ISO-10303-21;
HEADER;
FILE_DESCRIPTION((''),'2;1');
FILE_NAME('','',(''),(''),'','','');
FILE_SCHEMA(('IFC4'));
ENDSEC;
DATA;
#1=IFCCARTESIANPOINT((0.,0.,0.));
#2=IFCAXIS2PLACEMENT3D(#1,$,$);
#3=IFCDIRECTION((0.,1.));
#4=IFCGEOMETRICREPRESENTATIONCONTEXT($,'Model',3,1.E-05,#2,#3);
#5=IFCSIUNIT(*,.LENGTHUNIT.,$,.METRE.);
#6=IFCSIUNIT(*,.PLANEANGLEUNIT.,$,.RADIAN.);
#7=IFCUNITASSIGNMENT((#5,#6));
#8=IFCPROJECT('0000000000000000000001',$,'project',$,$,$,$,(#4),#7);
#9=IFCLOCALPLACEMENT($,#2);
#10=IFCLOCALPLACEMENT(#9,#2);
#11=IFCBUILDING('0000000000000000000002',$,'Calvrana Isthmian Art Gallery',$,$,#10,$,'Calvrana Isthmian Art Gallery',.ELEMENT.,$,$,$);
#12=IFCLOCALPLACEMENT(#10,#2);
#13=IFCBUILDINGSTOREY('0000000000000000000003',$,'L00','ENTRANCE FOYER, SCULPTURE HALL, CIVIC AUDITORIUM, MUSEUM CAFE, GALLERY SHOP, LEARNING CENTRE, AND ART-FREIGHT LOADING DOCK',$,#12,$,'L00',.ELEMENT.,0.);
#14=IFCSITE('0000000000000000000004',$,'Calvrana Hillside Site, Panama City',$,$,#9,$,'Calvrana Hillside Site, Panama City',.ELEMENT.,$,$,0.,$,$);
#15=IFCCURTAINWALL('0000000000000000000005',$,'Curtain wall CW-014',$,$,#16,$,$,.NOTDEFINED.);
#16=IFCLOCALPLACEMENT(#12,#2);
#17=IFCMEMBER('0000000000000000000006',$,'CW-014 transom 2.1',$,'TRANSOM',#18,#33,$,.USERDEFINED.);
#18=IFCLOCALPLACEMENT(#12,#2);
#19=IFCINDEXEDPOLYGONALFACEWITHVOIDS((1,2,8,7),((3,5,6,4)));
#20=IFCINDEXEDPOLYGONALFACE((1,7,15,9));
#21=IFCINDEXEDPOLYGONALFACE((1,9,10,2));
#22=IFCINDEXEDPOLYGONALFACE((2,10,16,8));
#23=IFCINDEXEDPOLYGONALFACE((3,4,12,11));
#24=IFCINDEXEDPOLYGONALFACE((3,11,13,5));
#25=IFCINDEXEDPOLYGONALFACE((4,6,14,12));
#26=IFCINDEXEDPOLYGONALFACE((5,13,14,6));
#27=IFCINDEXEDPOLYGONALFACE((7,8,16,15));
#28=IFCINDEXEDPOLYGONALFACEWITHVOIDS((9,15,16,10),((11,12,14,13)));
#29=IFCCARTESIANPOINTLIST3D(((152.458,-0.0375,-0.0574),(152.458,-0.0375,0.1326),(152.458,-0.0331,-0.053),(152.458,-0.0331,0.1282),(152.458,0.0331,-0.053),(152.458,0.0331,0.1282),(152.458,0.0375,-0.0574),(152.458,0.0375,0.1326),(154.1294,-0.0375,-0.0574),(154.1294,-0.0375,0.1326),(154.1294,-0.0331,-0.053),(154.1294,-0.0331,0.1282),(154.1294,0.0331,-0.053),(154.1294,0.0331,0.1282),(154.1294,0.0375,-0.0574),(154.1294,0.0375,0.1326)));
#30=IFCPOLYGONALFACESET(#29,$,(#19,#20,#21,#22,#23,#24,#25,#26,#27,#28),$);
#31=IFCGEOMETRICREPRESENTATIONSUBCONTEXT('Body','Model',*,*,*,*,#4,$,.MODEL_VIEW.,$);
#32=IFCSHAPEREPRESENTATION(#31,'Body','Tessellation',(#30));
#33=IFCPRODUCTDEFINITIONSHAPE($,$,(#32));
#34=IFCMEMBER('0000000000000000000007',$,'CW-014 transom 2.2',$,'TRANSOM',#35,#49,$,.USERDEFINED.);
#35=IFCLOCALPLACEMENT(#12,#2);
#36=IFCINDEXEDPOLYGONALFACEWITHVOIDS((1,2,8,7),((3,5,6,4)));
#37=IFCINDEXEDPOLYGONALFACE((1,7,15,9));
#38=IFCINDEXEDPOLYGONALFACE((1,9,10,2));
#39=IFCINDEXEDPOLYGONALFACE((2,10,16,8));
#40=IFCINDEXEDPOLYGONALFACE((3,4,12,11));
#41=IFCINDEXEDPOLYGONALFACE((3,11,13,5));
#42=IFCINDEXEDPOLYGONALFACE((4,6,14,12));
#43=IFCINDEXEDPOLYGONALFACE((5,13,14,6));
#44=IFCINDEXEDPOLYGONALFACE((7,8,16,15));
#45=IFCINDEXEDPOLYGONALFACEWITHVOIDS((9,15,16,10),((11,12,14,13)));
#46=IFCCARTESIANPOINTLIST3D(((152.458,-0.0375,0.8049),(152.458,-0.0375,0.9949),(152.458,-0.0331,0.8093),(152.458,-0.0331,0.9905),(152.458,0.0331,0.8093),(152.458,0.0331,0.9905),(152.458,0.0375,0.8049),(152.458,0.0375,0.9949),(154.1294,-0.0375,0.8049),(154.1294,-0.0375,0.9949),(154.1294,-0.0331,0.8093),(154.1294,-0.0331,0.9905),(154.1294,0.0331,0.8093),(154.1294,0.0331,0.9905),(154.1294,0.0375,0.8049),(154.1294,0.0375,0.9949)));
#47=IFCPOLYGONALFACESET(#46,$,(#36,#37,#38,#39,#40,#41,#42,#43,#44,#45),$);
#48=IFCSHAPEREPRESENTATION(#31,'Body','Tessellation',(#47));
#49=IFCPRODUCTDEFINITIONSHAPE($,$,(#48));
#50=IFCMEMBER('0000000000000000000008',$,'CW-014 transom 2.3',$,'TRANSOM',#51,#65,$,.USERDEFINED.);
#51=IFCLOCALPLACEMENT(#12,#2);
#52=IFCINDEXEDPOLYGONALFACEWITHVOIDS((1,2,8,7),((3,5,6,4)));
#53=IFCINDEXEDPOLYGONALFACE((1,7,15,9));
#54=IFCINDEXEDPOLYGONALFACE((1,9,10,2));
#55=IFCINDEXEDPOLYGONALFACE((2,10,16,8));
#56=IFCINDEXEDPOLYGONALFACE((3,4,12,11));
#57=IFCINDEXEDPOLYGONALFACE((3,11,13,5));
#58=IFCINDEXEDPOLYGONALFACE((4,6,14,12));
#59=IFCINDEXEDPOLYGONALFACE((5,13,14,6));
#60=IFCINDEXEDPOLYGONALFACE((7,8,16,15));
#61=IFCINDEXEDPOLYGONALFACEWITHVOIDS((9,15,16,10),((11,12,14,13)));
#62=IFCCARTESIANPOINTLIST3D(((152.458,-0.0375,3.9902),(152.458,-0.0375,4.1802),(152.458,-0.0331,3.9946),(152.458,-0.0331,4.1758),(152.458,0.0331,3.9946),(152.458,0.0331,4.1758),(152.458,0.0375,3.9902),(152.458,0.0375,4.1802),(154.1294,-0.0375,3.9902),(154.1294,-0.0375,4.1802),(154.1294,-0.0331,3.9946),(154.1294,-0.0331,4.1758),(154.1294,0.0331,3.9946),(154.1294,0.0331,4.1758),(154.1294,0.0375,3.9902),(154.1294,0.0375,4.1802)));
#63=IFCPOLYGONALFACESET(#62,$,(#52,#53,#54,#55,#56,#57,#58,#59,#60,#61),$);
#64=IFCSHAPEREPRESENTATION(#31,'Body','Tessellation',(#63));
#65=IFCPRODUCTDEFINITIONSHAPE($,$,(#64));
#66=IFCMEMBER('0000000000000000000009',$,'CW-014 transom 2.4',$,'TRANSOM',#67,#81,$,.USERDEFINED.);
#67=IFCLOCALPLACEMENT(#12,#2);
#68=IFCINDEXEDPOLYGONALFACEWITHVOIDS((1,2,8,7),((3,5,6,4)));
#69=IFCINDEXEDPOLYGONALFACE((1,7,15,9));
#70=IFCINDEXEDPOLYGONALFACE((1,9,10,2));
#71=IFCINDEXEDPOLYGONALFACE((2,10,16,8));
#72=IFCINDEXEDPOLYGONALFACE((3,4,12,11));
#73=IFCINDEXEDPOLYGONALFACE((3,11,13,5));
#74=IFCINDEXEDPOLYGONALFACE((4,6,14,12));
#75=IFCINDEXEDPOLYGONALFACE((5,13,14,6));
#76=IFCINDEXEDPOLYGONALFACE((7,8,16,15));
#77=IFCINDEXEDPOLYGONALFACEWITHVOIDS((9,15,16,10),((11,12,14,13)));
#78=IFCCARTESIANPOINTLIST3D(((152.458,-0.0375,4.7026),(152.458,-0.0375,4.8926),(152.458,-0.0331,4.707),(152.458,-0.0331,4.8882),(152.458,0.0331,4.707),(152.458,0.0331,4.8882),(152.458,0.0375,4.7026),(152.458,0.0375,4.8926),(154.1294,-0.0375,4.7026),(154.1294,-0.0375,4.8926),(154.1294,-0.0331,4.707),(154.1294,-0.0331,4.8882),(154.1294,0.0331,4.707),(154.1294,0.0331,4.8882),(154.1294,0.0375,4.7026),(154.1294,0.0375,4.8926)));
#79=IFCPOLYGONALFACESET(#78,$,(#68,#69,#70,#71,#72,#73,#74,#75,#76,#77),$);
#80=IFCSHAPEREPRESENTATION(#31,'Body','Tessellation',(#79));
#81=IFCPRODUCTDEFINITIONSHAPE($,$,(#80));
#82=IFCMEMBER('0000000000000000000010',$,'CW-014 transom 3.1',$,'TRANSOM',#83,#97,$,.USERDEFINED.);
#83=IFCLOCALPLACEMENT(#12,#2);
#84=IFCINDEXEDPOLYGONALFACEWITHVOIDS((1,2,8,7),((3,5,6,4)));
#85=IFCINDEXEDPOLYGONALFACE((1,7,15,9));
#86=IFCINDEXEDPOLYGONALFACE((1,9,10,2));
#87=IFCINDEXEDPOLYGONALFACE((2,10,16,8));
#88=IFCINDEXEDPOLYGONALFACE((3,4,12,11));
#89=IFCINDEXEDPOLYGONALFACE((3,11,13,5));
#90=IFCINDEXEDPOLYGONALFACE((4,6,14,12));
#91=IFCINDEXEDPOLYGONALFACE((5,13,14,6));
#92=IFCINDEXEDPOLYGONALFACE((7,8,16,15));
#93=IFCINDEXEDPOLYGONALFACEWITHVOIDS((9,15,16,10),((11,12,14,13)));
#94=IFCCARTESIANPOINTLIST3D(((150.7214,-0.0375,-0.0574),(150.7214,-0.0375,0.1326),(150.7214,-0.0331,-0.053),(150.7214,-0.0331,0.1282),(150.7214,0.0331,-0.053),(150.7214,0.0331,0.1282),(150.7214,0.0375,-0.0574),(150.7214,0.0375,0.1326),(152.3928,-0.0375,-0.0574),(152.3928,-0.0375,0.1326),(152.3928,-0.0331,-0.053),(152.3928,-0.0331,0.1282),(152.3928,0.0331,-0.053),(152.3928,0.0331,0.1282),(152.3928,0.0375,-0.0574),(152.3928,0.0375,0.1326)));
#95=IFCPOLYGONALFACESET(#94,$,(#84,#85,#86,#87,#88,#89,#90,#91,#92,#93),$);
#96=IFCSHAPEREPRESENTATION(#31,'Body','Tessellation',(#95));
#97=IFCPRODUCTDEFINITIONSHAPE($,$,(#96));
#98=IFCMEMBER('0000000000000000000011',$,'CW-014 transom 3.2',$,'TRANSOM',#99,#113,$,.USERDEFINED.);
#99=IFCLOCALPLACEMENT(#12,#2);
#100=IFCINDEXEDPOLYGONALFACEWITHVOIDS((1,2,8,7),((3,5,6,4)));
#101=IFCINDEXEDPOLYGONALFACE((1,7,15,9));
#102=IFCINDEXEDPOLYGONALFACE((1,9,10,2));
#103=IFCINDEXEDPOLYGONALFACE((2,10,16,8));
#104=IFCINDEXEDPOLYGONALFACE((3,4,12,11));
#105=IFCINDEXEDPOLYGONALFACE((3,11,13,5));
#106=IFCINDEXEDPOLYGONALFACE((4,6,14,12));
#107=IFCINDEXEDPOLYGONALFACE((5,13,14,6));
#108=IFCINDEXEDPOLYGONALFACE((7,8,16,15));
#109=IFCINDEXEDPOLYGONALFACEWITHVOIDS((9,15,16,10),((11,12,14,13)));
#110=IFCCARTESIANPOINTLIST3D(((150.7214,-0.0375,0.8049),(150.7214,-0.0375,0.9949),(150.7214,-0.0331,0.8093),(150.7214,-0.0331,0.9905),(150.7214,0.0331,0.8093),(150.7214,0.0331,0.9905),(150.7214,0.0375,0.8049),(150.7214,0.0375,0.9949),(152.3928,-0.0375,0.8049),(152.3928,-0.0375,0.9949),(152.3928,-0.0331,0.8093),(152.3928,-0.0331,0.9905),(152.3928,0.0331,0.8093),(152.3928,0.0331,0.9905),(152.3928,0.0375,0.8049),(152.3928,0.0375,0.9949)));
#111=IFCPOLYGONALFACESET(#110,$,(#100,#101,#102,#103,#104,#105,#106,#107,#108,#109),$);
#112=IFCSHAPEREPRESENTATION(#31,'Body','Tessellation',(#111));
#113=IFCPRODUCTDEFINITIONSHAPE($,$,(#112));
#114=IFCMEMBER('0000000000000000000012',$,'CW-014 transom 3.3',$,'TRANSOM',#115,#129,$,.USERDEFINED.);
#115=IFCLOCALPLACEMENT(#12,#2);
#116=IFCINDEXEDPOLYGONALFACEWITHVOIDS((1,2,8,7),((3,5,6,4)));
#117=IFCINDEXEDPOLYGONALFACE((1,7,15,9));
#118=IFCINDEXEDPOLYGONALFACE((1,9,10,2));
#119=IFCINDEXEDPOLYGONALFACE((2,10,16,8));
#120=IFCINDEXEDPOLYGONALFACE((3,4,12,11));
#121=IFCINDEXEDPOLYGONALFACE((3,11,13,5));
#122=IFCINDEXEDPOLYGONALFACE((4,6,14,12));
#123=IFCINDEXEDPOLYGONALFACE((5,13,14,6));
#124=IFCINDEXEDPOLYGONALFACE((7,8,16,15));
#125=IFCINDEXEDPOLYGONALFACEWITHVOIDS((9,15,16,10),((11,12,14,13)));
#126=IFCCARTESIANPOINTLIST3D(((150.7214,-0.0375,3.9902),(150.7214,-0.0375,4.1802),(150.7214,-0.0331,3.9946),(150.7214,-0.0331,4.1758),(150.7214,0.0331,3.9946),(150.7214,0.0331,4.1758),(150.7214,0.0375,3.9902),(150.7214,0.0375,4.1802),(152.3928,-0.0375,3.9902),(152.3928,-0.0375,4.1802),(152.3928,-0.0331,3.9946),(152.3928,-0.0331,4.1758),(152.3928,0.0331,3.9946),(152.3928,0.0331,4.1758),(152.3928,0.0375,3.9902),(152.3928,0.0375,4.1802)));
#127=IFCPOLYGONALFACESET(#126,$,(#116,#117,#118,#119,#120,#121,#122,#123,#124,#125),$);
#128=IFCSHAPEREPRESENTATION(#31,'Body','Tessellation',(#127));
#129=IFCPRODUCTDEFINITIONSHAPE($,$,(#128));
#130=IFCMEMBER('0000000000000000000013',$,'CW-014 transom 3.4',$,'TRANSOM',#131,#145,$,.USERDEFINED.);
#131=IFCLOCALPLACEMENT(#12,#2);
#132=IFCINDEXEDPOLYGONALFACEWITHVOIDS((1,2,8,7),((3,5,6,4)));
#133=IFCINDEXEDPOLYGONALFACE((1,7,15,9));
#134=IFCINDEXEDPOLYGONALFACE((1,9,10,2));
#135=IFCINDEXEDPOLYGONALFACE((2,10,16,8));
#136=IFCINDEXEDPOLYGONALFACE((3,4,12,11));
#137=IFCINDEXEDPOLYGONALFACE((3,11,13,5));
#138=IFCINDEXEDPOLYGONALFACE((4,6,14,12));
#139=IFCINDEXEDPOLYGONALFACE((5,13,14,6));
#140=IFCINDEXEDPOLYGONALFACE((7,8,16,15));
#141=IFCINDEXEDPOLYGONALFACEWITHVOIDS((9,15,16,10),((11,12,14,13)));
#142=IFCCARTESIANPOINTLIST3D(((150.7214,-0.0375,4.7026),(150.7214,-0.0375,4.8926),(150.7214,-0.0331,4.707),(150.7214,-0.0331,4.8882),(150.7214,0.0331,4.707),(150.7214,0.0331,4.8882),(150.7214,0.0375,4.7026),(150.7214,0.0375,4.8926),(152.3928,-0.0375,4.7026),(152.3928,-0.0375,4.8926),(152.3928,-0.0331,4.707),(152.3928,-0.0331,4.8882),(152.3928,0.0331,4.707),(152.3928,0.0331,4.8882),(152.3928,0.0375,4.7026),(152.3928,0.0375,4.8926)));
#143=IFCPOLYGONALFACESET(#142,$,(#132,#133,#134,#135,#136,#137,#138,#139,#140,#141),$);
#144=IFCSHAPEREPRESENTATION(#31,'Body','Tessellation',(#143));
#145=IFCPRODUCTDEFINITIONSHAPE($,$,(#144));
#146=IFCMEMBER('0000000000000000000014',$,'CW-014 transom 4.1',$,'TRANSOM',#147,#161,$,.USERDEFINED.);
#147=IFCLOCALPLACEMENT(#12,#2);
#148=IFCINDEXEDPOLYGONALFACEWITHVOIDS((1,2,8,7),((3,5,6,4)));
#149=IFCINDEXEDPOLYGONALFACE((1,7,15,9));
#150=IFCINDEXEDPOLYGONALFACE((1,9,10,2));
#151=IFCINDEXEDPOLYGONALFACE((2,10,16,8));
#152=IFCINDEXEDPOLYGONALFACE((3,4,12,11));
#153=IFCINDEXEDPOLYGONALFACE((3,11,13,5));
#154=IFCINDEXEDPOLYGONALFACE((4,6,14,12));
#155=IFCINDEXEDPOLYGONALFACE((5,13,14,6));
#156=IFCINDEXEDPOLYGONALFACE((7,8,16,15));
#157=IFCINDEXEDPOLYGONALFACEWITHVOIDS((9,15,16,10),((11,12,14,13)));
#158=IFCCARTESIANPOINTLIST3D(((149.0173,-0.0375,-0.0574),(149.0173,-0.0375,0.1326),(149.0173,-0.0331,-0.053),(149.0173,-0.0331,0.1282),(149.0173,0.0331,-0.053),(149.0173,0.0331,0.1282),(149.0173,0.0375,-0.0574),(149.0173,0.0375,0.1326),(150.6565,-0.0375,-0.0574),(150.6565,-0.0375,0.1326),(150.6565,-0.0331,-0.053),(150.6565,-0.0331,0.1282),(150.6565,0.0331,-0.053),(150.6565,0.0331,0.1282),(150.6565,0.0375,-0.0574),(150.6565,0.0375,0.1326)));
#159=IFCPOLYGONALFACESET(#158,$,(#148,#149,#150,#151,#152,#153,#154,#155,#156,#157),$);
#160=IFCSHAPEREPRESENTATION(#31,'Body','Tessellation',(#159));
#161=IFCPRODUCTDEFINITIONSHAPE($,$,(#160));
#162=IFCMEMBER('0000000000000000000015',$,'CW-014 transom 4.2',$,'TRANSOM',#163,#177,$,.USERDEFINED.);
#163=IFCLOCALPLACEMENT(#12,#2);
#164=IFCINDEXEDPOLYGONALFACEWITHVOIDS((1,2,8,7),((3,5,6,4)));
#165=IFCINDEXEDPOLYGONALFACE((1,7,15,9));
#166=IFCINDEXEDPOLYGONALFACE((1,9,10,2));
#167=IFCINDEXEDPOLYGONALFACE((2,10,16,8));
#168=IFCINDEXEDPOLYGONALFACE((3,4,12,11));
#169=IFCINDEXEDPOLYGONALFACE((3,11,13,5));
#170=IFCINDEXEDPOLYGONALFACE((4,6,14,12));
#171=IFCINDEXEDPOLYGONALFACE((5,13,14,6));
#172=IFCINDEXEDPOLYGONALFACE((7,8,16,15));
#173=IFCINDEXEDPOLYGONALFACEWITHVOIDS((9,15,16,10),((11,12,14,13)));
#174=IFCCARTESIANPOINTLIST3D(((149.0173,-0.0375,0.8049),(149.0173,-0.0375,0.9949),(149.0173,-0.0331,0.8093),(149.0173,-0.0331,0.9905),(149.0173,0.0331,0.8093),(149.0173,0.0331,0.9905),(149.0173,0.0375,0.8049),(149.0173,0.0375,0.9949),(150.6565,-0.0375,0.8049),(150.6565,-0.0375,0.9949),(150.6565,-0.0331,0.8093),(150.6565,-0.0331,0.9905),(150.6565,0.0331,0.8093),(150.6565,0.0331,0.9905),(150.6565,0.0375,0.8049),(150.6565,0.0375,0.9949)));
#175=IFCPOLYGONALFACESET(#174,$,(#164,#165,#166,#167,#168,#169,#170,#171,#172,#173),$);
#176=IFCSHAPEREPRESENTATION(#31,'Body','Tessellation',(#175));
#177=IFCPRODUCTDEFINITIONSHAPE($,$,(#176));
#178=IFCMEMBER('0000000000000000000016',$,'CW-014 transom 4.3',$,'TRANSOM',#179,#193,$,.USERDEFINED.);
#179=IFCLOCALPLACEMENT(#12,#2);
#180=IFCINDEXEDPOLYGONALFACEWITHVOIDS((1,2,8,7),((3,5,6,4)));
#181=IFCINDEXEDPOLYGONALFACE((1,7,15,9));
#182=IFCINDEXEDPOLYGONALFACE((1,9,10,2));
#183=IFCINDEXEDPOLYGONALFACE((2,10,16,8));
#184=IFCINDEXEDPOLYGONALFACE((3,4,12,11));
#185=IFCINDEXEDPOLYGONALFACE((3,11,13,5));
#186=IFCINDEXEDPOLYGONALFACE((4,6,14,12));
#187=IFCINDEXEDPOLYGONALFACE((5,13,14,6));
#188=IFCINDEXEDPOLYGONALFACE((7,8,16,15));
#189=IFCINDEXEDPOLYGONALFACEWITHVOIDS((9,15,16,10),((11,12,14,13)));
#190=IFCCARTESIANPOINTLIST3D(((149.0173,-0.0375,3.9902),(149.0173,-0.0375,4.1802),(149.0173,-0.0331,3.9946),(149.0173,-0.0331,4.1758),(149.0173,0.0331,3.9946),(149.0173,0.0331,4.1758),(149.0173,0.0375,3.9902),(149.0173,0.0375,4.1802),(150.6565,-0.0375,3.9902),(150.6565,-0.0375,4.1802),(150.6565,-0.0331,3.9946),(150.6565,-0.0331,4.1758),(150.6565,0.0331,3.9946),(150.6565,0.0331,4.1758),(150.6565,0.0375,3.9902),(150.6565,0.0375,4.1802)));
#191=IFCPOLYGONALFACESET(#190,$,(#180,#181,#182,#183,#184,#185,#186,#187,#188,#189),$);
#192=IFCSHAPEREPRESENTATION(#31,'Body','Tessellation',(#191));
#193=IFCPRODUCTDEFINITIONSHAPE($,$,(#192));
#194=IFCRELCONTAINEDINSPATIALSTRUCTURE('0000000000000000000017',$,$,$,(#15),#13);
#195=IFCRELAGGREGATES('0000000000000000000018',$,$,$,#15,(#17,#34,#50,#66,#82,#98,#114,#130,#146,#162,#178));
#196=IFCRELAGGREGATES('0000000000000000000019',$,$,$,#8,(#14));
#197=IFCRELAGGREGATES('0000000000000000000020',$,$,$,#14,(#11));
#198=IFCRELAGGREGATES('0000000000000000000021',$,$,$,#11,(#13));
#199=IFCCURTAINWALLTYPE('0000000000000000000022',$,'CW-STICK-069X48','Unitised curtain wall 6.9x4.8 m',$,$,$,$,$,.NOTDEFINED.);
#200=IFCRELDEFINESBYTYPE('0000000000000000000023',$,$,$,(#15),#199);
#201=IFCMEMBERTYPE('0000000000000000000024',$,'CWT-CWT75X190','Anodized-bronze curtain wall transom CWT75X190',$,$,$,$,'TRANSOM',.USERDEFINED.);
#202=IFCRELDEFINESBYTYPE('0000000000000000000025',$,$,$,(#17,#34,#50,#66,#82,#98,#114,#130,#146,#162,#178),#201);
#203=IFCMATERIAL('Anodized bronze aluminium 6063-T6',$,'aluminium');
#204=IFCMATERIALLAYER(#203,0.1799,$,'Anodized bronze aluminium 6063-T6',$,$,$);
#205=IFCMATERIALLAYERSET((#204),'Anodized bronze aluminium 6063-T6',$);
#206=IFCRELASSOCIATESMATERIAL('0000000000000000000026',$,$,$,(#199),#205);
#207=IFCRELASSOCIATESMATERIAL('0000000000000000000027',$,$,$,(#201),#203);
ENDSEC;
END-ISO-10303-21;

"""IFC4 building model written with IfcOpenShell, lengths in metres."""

from ifc_helpers import new_model, si_unit, direction, frame, origin, origin_2d, place, context, subcontext, project, spatial, hollow_rectangle, extrude, material, layer, layer_set, material_profile, profile_set, type_object, element, aggregate, save


model = new_model("IFC4")

# Units and contexts
model_context = context("Model", 3, precision=1e-05, world=origin(), true_north=direction((0.0, 1.0)))
body_context = subcontext(model_context, "Body", "Model", "MODEL_VIEW")
ifc_project = project(units=[si_unit("LENGTHUNIT", "METRE"), si_unit("PLANEANGLEUNIT", "RADIAN")], contexts=[model_context])

# Site, building, storey
site_placement = place(None, origin())
site = spatial("IfcSite", under=ifc_project, at=site_placement, Name="Calvrana Hillside Site, Panama City", LongName="Calvrana Hillside Site, Panama City", CompositionType="ELEMENT", RefElevation=0.0)
building_placement = place(site_placement, origin())
building = spatial("IfcBuilding", under=site, at=building_placement, Name="Calvrana Isthmian Art Gallery", LongName="Calvrana Isthmian Art Gallery", CompositionType="ELEMENT")
storey_placement = place(building_placement, origin())
storey = spatial("IfcBuildingStorey", under=building, at=storey_placement, Name="L00", Description="ENTRANCE FOYER, SCULPTURE HALL, CIVIC AUDITORIUM, MUSEUM CAFE, GALLERY SHOP, LEARNING CENTRE, AND ART-FREIGHT LOADING DOCK", LongName="L00", CompositionType="ELEMENT", Elevation=0.0)

# Curtain wall, members
ifc_material_1 = material(Name="Anodized bronze aluminium 6063-T6", Category="aluminium")
ifc_layer_1 = layer(ifc_material_1, 0.1799, Name="Anodized bronze aluminium 6063-T6")
ifc_layer_set_1 = layer_set([ifc_layer_1], Name="Anodized bronze aluminium 6063-T6")
curtain_wall_type = type_object("IfcCurtainWallType", Name="CW-STICK-069X48", Description="Unitised curtain wall 6.9x4.8 m", PredefinedType="NOTDEFINED", material=ifc_layer_set_1)
curtain_wall_placement = place(storey_placement, origin())
curtain_wall = element("IfcCurtainWall", 1, at=curtain_wall_placement, inside=storey, type_object=curtain_wall_type, Name="Curtain wall CW-014", PredefinedType="NOTDEFINED")
ifc_material_profile_1 = material_profile(ifc_material_1, hollow_rectangle(XDim=0.075, YDim=0.1899, WallThickness=0.0044, at=origin_2d()), Name="CWT75X190")
ifc_profile_set_1 = profile_set([ifc_material_profile_1], Name="Anodized bronze aluminium 6063-T6")
member_type_1 = type_object("IfcMemberType", Name="CWT-CWT75X190", Description="Anodized-bronze curtain wall transom CWT75X190", ElementType="TRANSOM", PredefinedType="USERDEFINED", material=ifc_profile_set_1)
member_1_placement = place(storey_placement, frame((154.1294, 0.0, 0.0376), z_axis=(-1.0, 0.0, 0.0), x_axis=(0.0, -1.0, 0.0)))
member_1 = element("IfcMember", 2, at=member_1_placement, type_object=member_type_1, Name="CW-014 transom 2.1", ObjectType="TRANSOM", PredefinedType="USERDEFINED", context=body_context, shape_type="SweptSolid", body=[
    extrude(hollow_rectangle(XDim=0.075, YDim=0.1899, WallThickness=0.0044, at=origin_2d()), origin(), (0.0, 0.0, 1.0), 1.6714),
])
member_2_placement = place(storey_placement, frame((154.1294, 0.0, 0.8999), z_axis=(-1.0, 0.0, 0.0), x_axis=(0.0, -1.0, 0.0)))
member_2 = element("IfcMember", 3, at=member_2_placement, type_object=member_type_1, Name="CW-014 transom 2.2", ObjectType="TRANSOM", PredefinedType="USERDEFINED", context=body_context, shape_type="SweptSolid", body=[
    extrude(hollow_rectangle(XDim=0.075, YDim=0.1899, WallThickness=0.0044, at=origin_2d()), origin(), (0.0, 0.0, 1.0), 1.6714),
])
member_3_placement = place(storey_placement, frame((154.1294, 0.0, 4.0852), z_axis=(-1.0, 0.0, 0.0), x_axis=(0.0, -1.0, 0.0)))
member_3 = element("IfcMember", 4, at=member_3_placement, type_object=member_type_1, Name="CW-014 transom 2.3", ObjectType="TRANSOM", PredefinedType="USERDEFINED", context=body_context, shape_type="SweptSolid", body=[
    extrude(hollow_rectangle(XDim=0.075, YDim=0.1899, WallThickness=0.0044, at=origin_2d()), origin(), (0.0, 0.0, 1.0), 1.6714),
])
member_4_placement = place(storey_placement, frame((154.1294, 0.0, 4.7976), z_axis=(-1.0, 0.0, 0.0), x_axis=(0.0, -1.0, 0.0)))
member_4 = element("IfcMember", 5, at=member_4_placement, type_object=member_type_1, Name="CW-014 transom 2.4", ObjectType="TRANSOM", PredefinedType="USERDEFINED", context=body_context, shape_type="SweptSolid", body=[
    extrude(hollow_rectangle(XDim=0.075, YDim=0.1899, WallThickness=0.0044, at=origin_2d()), origin(), (0.0, 0.0, 1.0), 1.6714),
])
member_5_placement = place(storey_placement, frame((152.3928, 0.0, 0.0376), z_axis=(-1.0, 0.0, 0.0), x_axis=(0.0, -1.0, 0.0)))
member_5 = element("IfcMember", 6, at=member_5_placement, type_object=member_type_1, Name="CW-014 transom 3.1", ObjectType="TRANSOM", PredefinedType="USERDEFINED", context=body_context, shape_type="SweptSolid", body=[
    extrude(hollow_rectangle(XDim=0.075, YDim=0.1899, WallThickness=0.0044, at=origin_2d()), origin(), (0.0, 0.0, 1.0), 1.6714),
])
member_6_placement = place(storey_placement, frame((152.3928, 0.0, 0.8999), z_axis=(-1.0, 0.0, 0.0), x_axis=(0.0, -1.0, 0.0)))
member_6 = element("IfcMember", 7, at=member_6_placement, type_object=member_type_1, Name="CW-014 transom 3.2", ObjectType="TRANSOM", PredefinedType="USERDEFINED", context=body_context, shape_type="SweptSolid", body=[
    extrude(hollow_rectangle(XDim=0.075, YDim=0.1899, WallThickness=0.0044, at=origin_2d()), origin(), (0.0, 0.0, 1.0), 1.6714),
])
member_7_placement = place(storey_placement, frame((152.3928, 0.0, 4.0852), z_axis=(-1.0, 0.0, 0.0), x_axis=(0.0, -1.0, 0.0)))
member_7 = element("IfcMember", 8, at=member_7_placement, type_object=member_type_1, Name="CW-014 transom 3.3", ObjectType="TRANSOM", PredefinedType="USERDEFINED", context=body_context, shape_type="SweptSolid", body=[
    extrude(hollow_rectangle(XDim=0.075, YDim=0.1899, WallThickness=0.0044, at=origin_2d()), origin(), (0.0, 0.0, 1.0), 1.6714),
])
member_8_placement = place(storey_placement, frame((152.3928, 0.0, 4.7976), z_axis=(-1.0, 0.0, 0.0), x_axis=(0.0, -1.0, 0.0)))
member_8 = element("IfcMember", 9, at=member_8_placement, type_object=member_type_1, Name="CW-014 transom 3.4", ObjectType="TRANSOM", PredefinedType="USERDEFINED", context=body_context, shape_type="SweptSolid", body=[
    extrude(hollow_rectangle(XDim=0.075, YDim=0.1899, WallThickness=0.0044, at=origin_2d()), origin(), (0.0, 0.0, 1.0), 1.6714),
])
member_9_placement = place(storey_placement, frame((150.6565, 0.0, 0.0376), z_axis=(-1.0, 0.0, 0.0), x_axis=(0.0, -1.0, 0.0)))
member_9 = element("IfcMember", 10, at=member_9_placement, type_object=member_type_1, Name="CW-014 transom 4.1", ObjectType="TRANSOM", PredefinedType="USERDEFINED", context=body_context, shape_type="SweptSolid", body=[
    extrude(hollow_rectangle(XDim=0.075, YDim=0.1899, WallThickness=0.0044, at=origin_2d()), origin(), (0.0, 0.0, 1.0), 1.6392),
])
member_10_placement = place(storey_placement, frame((150.6565, 0.0, 0.8999), z_axis=(-1.0, 0.0, 0.0), x_axis=(0.0, -1.0, 0.0)))
member_10 = element("IfcMember", 11, at=member_10_placement, type_object=member_type_1, Name="CW-014 transom 4.2", ObjectType="TRANSOM", PredefinedType="USERDEFINED", context=body_context, shape_type="SweptSolid", body=[
    extrude(hollow_rectangle(XDim=0.075, YDim=0.1899, WallThickness=0.0044, at=origin_2d()), origin(), (0.0, 0.0, 1.0), 1.6392),
])
member_11_placement = place(storey_placement, frame((150.6565, 0.0, 4.0852), z_axis=(-1.0, 0.0, 0.0), x_axis=(0.0, -1.0, 0.0)))
member_11 = element("IfcMember", 12, at=member_11_placement, type_object=member_type_1, Name="CW-014 transom 4.3", ObjectType="TRANSOM", PredefinedType="USERDEFINED", context=body_context, shape_type="SweptSolid", body=[
    extrude(hollow_rectangle(XDim=0.075, YDim=0.1899, WallThickness=0.0044, at=origin_2d()), origin(), (0.0, 0.0, 1.0), 1.6392),
])
aggregate(curtain_wall, [member_1, member_2, member_3, member_4, member_5, member_6, member_7, member_8, member_9, member_10, member_11])

save(model, "model.ifc")
